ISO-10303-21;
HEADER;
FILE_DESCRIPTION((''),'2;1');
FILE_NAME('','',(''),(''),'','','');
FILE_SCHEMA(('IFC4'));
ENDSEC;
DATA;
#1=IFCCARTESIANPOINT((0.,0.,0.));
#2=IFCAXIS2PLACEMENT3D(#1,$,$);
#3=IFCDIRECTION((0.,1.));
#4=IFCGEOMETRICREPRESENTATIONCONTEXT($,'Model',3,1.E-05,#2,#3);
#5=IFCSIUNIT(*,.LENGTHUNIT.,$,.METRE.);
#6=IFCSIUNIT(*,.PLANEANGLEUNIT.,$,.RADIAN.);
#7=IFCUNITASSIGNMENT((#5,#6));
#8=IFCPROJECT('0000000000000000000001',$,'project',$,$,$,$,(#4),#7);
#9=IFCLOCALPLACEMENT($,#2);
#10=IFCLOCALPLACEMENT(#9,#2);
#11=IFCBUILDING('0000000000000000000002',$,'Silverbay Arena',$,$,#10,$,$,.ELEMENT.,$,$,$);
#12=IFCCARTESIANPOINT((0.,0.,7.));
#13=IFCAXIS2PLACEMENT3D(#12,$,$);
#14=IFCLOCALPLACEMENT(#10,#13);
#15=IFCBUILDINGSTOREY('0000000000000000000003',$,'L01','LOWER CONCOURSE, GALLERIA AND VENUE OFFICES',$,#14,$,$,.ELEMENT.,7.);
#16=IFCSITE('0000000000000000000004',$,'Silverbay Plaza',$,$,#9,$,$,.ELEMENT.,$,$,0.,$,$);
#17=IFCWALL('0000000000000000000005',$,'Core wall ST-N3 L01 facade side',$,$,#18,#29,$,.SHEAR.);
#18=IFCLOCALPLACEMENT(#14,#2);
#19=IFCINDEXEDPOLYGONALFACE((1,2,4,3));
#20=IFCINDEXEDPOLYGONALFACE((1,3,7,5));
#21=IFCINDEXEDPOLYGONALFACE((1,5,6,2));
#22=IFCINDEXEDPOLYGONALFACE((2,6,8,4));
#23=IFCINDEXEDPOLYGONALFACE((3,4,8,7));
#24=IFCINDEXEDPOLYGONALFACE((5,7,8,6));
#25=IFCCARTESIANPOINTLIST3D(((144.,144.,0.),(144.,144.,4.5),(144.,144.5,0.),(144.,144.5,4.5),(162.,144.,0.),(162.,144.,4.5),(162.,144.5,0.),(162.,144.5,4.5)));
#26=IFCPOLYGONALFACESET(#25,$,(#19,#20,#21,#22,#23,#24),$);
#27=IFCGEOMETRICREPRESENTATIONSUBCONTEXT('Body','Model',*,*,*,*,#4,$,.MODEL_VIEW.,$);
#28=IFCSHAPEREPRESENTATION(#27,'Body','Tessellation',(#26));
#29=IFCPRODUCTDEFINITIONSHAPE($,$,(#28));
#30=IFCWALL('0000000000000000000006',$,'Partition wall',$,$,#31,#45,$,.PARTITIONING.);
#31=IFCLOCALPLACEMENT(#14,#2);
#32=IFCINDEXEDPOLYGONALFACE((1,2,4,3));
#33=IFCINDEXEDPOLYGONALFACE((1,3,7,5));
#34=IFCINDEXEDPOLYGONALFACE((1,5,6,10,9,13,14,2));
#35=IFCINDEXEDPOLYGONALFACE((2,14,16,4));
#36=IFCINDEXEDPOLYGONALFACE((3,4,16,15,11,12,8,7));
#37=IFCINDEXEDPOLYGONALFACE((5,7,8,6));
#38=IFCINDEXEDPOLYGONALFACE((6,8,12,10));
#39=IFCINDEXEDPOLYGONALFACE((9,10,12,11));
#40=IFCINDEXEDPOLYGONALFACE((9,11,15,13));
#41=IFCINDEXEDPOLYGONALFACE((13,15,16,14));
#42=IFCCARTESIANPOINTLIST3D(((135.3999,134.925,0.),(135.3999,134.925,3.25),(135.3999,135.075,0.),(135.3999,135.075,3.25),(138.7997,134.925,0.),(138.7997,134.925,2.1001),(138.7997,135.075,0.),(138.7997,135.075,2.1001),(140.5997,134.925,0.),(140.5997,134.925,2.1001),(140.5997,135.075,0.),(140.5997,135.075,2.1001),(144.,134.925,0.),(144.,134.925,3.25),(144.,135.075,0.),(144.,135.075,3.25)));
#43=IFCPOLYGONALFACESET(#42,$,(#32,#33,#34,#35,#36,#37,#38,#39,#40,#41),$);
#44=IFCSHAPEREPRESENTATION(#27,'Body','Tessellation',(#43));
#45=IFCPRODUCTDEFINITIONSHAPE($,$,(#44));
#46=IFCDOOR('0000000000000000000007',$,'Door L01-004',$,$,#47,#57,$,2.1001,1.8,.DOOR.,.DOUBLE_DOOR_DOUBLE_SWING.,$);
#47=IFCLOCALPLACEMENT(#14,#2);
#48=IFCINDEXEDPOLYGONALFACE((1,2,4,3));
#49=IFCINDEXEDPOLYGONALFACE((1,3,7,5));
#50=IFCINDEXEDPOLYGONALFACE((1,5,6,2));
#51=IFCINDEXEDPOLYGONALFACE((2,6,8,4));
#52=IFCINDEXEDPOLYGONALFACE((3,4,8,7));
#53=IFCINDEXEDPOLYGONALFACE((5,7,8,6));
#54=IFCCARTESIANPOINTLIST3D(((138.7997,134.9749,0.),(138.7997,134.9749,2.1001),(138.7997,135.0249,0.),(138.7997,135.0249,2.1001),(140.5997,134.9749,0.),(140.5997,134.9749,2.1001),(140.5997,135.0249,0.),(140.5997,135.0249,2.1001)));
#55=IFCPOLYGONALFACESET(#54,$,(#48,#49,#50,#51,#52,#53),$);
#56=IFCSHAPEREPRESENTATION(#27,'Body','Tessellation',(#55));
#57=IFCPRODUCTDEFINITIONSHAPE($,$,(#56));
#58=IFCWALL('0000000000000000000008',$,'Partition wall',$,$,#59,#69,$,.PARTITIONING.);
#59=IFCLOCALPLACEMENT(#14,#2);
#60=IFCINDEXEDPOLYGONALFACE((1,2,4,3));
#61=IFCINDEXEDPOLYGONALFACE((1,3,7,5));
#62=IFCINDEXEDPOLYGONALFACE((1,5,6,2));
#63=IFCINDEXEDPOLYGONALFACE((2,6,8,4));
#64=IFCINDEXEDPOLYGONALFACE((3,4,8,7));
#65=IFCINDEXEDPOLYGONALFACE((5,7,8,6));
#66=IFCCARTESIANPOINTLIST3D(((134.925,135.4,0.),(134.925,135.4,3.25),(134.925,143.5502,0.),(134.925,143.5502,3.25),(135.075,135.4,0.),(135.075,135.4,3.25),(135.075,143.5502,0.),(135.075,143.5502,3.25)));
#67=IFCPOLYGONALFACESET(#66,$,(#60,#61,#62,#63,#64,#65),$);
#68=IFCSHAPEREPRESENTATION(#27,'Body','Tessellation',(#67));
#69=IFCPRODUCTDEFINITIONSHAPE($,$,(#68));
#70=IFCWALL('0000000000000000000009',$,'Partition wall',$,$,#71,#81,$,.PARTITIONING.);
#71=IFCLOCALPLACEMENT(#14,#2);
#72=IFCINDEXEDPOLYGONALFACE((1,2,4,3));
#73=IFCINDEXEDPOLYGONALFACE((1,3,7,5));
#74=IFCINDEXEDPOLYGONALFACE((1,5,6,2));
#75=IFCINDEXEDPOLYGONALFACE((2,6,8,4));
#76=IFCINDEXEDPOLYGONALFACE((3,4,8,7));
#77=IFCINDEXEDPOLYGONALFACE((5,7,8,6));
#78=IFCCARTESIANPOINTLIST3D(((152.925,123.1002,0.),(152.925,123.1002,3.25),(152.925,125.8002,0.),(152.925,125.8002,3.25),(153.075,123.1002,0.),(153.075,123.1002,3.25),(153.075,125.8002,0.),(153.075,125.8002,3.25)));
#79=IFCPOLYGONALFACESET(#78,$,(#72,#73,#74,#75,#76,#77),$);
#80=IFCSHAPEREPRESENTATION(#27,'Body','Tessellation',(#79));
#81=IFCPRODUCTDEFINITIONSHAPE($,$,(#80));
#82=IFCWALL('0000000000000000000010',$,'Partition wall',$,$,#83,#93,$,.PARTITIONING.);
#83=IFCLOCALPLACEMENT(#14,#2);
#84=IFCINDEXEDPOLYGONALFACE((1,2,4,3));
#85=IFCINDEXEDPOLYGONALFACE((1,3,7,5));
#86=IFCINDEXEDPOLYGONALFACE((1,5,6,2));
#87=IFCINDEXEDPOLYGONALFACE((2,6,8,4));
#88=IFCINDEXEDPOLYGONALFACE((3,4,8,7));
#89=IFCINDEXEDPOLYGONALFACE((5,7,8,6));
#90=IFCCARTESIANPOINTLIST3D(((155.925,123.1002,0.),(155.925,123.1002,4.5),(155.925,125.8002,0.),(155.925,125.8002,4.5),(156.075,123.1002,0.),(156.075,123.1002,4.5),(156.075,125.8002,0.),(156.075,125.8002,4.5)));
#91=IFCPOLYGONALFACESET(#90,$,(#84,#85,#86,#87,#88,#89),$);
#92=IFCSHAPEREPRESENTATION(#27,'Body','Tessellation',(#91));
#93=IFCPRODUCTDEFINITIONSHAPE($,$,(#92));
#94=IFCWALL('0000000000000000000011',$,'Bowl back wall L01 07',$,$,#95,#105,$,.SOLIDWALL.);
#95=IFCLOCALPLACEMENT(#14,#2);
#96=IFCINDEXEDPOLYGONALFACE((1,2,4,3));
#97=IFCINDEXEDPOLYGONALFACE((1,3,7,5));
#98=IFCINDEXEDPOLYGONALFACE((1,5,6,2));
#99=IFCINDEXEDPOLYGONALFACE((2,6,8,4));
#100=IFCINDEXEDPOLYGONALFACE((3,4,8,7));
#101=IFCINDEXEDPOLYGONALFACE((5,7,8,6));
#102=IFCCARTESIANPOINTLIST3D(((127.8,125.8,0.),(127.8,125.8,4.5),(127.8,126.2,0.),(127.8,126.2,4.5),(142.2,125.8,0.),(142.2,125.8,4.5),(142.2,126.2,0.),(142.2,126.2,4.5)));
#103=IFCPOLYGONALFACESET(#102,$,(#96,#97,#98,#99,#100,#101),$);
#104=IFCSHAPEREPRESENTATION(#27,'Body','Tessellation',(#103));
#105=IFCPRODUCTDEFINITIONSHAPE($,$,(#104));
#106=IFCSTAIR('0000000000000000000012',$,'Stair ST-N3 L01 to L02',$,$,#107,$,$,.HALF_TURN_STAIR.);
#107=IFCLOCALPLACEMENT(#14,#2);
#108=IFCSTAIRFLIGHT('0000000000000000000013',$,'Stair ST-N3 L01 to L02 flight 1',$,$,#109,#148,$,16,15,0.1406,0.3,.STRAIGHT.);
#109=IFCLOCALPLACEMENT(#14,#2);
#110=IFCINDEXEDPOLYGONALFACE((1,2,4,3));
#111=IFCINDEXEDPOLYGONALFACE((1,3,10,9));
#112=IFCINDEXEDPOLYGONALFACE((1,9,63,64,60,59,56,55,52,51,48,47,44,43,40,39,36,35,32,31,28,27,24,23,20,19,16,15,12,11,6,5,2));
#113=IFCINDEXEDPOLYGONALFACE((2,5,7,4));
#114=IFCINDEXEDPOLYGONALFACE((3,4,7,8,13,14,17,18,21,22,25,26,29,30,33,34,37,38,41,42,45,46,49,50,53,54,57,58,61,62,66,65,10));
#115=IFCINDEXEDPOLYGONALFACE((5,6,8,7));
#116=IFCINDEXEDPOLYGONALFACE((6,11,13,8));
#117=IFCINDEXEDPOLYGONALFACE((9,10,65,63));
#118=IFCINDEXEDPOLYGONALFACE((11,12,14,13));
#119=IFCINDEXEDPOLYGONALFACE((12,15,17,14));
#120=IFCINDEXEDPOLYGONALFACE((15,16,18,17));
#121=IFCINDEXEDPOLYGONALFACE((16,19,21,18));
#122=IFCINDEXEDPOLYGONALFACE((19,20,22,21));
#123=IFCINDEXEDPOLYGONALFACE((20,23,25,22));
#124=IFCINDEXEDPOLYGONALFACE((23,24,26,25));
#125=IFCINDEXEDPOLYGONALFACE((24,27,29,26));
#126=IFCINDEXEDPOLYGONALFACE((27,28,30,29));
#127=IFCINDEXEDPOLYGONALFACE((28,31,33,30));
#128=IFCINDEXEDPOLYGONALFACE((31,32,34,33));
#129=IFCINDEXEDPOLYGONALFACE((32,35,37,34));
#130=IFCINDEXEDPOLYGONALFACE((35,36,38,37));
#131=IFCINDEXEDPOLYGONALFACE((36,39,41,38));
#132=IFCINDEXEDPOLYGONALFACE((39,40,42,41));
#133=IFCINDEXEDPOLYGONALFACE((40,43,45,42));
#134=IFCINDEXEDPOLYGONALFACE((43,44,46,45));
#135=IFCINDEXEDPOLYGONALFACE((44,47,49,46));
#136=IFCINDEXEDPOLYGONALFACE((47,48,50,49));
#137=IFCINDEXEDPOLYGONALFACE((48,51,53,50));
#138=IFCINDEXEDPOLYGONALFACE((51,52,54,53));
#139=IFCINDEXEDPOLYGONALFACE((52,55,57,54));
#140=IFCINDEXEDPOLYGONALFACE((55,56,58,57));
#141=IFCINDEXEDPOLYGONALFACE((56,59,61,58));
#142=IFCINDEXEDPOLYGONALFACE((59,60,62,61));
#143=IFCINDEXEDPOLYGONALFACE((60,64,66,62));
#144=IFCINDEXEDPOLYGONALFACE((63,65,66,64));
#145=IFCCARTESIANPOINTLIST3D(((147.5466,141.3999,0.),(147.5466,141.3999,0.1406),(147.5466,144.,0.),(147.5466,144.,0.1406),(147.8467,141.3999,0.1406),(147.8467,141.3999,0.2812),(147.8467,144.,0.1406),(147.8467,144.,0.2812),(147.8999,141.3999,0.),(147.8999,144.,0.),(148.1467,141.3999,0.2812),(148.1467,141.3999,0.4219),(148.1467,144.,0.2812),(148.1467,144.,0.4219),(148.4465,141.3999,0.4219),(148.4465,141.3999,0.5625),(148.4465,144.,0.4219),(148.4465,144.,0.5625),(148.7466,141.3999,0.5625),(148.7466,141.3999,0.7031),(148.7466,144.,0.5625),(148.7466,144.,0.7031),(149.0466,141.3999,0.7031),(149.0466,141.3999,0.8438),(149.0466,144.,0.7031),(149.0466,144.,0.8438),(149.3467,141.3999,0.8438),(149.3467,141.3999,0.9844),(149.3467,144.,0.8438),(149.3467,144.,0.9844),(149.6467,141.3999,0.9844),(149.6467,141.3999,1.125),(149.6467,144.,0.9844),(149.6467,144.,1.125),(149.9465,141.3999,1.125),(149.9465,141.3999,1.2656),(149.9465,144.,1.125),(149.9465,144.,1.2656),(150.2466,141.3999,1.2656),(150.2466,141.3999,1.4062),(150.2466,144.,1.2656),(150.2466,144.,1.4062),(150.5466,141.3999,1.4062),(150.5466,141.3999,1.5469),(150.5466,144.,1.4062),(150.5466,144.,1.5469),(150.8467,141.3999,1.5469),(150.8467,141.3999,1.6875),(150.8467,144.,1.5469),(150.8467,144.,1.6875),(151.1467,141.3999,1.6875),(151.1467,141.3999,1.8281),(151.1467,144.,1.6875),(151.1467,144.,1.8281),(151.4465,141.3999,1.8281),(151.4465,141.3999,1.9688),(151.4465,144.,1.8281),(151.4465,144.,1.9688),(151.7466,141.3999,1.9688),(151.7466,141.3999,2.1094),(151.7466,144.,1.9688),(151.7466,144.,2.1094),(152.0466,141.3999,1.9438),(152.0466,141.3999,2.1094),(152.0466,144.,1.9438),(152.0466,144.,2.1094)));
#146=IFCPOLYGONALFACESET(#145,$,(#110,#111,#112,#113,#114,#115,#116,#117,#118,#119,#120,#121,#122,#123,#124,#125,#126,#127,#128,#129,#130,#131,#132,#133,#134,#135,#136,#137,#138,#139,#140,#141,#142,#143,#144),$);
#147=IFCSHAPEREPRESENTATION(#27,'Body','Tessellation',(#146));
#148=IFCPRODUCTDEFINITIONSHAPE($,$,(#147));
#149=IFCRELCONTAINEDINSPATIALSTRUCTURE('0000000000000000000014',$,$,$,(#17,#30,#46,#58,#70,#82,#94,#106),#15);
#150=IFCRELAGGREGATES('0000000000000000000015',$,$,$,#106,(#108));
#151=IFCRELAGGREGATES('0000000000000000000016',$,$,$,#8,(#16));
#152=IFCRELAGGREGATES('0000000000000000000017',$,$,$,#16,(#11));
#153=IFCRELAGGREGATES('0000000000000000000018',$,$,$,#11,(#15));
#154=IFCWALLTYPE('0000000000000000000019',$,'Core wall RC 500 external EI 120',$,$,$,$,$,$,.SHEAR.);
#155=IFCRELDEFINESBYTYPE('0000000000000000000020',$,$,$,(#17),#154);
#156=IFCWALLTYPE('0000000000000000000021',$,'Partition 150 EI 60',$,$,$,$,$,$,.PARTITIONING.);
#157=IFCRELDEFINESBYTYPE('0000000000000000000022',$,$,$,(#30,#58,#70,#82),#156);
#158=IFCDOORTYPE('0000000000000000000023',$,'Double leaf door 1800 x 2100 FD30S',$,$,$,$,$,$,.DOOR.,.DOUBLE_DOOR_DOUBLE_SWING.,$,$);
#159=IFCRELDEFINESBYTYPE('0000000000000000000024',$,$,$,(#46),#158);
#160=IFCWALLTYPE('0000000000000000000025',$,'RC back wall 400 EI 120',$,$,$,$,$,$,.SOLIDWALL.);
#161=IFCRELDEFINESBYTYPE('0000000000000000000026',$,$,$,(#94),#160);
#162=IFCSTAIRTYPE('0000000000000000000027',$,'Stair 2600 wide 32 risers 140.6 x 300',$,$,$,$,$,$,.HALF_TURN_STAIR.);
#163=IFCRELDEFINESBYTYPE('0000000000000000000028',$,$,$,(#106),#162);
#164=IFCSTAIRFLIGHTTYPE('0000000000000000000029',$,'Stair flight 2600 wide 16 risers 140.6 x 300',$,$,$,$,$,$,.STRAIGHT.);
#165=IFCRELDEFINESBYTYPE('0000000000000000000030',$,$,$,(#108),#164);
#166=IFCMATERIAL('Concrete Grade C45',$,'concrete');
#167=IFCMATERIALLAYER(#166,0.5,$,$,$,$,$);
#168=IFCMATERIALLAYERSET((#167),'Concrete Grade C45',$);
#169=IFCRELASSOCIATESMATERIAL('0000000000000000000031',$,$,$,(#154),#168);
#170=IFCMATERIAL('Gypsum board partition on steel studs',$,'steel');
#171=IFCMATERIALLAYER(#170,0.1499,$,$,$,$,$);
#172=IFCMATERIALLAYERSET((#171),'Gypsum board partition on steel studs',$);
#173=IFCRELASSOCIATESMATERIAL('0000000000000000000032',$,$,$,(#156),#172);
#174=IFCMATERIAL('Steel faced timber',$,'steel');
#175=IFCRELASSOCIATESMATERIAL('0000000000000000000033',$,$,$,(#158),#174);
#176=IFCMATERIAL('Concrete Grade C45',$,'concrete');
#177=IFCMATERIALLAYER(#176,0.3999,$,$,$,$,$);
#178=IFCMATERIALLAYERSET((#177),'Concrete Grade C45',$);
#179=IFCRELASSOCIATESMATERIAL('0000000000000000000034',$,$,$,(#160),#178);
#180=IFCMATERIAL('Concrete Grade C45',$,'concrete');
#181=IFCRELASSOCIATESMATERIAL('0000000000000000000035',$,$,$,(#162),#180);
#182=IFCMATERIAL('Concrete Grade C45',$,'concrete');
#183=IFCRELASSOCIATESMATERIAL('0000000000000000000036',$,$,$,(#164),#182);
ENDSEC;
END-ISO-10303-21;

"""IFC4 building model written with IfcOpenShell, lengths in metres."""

from ifc_helpers import new_model, si_unit, direction, frame, frame_2d, origin, place, context, subcontext, project, spatial, polyline, rectangle, outline, extrude, material, layer, layer_set, type_object, element, fill, aggregate, save


model = new_model("IFC4")

# Units and contexts
model_context = context("Model", 3, precision=1e-05, world=origin(), true_north=direction((0.0, 1.0)))
body_context = subcontext(model_context, "Body", "Model", "MODEL_VIEW")
ifc_project = project(units=[si_unit("LENGTHUNIT", "METRE"), si_unit("PLANEANGLEUNIT", "RADIAN")], contexts=[model_context])

# Site, building, storey
site_placement = place(None, origin())
site = spatial("IfcSite", under=ifc_project, at=site_placement, Name="Silverbay Plaza", CompositionType="ELEMENT", RefElevation=0.0)
building_placement = place(site_placement, origin())
building = spatial("IfcBuilding", under=site, at=building_placement, Name="Silverbay Arena", CompositionType="ELEMENT")
storey_placement = place(building_placement, frame((0.0, 0.0, 7.0)))
storey = spatial("IfcBuildingStorey", under=building, at=storey_placement, Name="L01", Description="LOWER CONCOURSE, GALLERIA AND VENUE OFFICES", CompositionType="ELEMENT", Elevation=7.0)

# Wall
ifc_material_1 = material(Name="Concrete Grade C45", Category="concrete")
ifc_layer_1 = layer(ifc_material_1, 0.5)
ifc_layer_set_1 = layer_set([ifc_layer_1], Name="Concrete Grade C45")
wall_type_1 = type_object("IfcWallType", Name="Core wall RC 500 external EI 120", PredefinedType="SHEAR", material=ifc_layer_set_1)
wall_1_placement = place(storey_placement, frame((144.0, 144.25, 0.0), z_axis=(0.0, 0.0, 1.0), x_axis=(1.0, 0.0, 0.0)))
element("IfcWall", 1, at=wall_1_placement, inside=storey, type_object=wall_type_1, Name="Core wall ST-N3 L01 facade side", PredefinedType="SHEAR", context=body_context, shape_type="SweptSolid", body=[
    extrude(rectangle(XDim=18.0, YDim=0.5, at=frame_2d((9.0, 0.0))), origin(), (0.0, 0.0, 1.0), 4.5),
])

# Wall, opening, door
ifc_material_2 = material(Name="Gypsum board partition on steel studs", Category="steel")
ifc_layer_2 = layer(ifc_material_2, 0.1499)
ifc_layer_set_2 = layer_set([ifc_layer_2], Name="Gypsum board partition on steel studs")
wall_type_2 = type_object("IfcWallType", Name="Partition 150 EI 60", PredefinedType="PARTITIONING", material=ifc_layer_set_2)
wall_2_placement = place(storey_placement, frame((135.3999, 135.0, 0.0), z_axis=(0.0, 0.0, 1.0), x_axis=(1.0, 0.0, 0.0)))
wall_2 = element("IfcWall", 2, at=wall_2_placement, inside=storey, type_object=wall_type_2, Name="Partition wall", PredefinedType="PARTITIONING", context=body_context, shape_type="SweptSolid", body=[
    extrude(rectangle(XDim=8.6001, YDim=0.1499, at=frame_2d((4.3, 0.0))), origin(), (0.0, 0.0, 1.0), 3.25),
])
opening_1_placement = place(wall_2_placement, frame((3.3999, 0.0, 0.0)))
opening_1 = element("IfcOpeningElement", 3, at=opening_1_placement, cuts=wall_2, PredefinedType="OPENING", context=body_context, shape_type="SweptSolid", body=[
    extrude(rectangle(XDim=1.8, YDim=2.1001, at=frame_2d((0.8999, 1.05))), frame((0.0, 0.085, 0.0), z_axis=(0.0, -1.0, 0.0), x_axis=(1.0, 0.0, 0.0)), (0.0, 0.0, 1.0), 0.1699),
])
ifc_material_3 = material(Name="Steel faced timber", Category="steel")
door_type_1 = type_object("IfcDoorType", Name="Double leaf door 1800 x 2100 FD30S", OperationType="DOUBLE_DOOR_DOUBLE_SWING", PredefinedType="DOOR", material=ifc_material_3)
door_1_placement = place(opening_1_placement, origin())
door_1 = element("IfcDoor", 4, at=door_1_placement, inside=storey, type_object=door_type_1, Name="Door L01-004", OperationType="DOUBLE_DOOR_DOUBLE_SWING", OverallHeight=2.1001, OverallWidth=1.8, PredefinedType="DOOR", context=body_context, shape_type="SweptSolid", body=[
    extrude(rectangle(XDim=1.8, YDim=2.1001, at=frame_2d((0.8999, 1.05))), frame((0.0, 0.0249, 0.0), z_axis=(0.0, -1.0, 0.0), x_axis=(1.0, 0.0, 0.0)), (0.0, 0.0, 1.0), 0.05),
])
fill(opening_1, door_1)

# Walls
wall_3_placement = place(storey_placement, frame((135.0, 135.3999, 0.0), z_axis=(0.0, 0.0, 1.0), x_axis=(0.0, 1.0, 0.0)))
element("IfcWall", 5, at=wall_3_placement, inside=storey, type_object=wall_type_2, Name="Partition wall", PredefinedType="PARTITIONING", context=body_context, shape_type="SweptSolid", body=[
    extrude(rectangle(XDim=8.1501, YDim=0.1499, at=frame_2d((4.0752, 0.0))), origin(), (0.0, 0.0, 1.0), 3.25),
])
wall_4_placement = place(storey_placement, frame((153.0, 123.1001, 0.0), z_axis=(0.0, 0.0, 1.0), x_axis=(0.0, 1.0, 0.0)))
element("IfcWall", 6, at=wall_4_placement, inside=storey, type_object=wall_type_2, Name="Partition wall", PredefinedType="PARTITIONING", context=body_context, shape_type="SweptSolid", body=[
    extrude(rectangle(XDim=2.7, YDim=0.1499, at=frame_2d((1.3501, 0.0))), origin(), (0.0, 0.0, 1.0), 3.25),
])
wall_5_placement = place(storey_placement, frame((156.0, 123.1001, 0.0), z_axis=(0.0, 0.0, 1.0), x_axis=(0.0, 1.0, 0.0)))
element("IfcWall", 7, at=wall_5_placement, inside=storey, type_object=wall_type_2, Name="Partition wall", PredefinedType="PARTITIONING", context=body_context, shape_type="SweptSolid", body=[
    extrude(rectangle(XDim=2.7, YDim=0.1499, at=frame_2d((1.3501, 0.0))), origin(), (0.0, 0.0, 1.0), 4.5),
])
ifc_material_4 = material(Name="Concrete Grade C45", Category="concrete")
ifc_layer_3 = layer(ifc_material_4, 0.3999)
ifc_layer_set_3 = layer_set([ifc_layer_3], Name="Concrete Grade C45")
wall_type_3 = type_object("IfcWallType", Name="RC back wall 400 EI 120", PredefinedType="SOLIDWALL", material=ifc_layer_set_3)
wall_6_placement = place(storey_placement, frame((142.2, 126.0, 0.0), z_axis=(0.0, 0.0, 1.0), x_axis=(-1.0, 0.0, 0.0)))
element("IfcWall", 8, at=wall_6_placement, inside=storey, type_object=wall_type_3, Name="Bowl back wall L01 07", PredefinedType="SOLIDWALL", context=body_context, shape_type="SweptSolid", body=[
    extrude(rectangle(XDim=14.3999, YDim=0.3999, at=frame_2d((7.2, 0.0))), origin(), (0.0, 0.0, 1.0), 4.5),
])

# Stair, stair flight
ifc_material_5 = material(Name="Concrete Grade C45", Category="concrete")
stair_type = type_object("IfcStairType", Name="Stair 2600 wide 32 risers 140.6 x 300", PredefinedType="HALF_TURN_STAIR", material=ifc_material_5)
stair_placement = place(storey_placement, origin())
stair = element("IfcStair", 9, at=stair_placement, inside=storey, type_object=stair_type, Name="Stair ST-N3 L01 to L02", PredefinedType="HALF_TURN_STAIR")
ifc_material_6 = material(Name="Concrete Grade C45", Category="concrete")
stair_flight_type = type_object("IfcStairFlightType", Name="Stair flight 2600 wide 16 risers 140.6 x 300", PredefinedType="STRAIGHT", material=ifc_material_6)
stair_flight_1_placement = place(storey_placement, frame((147.5466, 142.7, 0.0), z_axis=(0.0, 0.0, 1.0), x_axis=(1.0, 0.0, 0.0)))
stair_flight_1 = element("IfcStairFlight", 10, at=stair_flight_1_placement, type_object=stair_flight_type, Name="Stair ST-N3 L01 to L02 flight 1", NumberOfRisers=16, NumberOfTreads=15, PredefinedType="STRAIGHT", RiserHeight=0.1406, TreadLength=0.3, context=body_context, shape_type="SweptSolid", body=[
    extrude(outline(polyline([(0.0, 0.0), (0.0, 0.1406), (0.3, 0.1406), (0.3, 0.2812), (0.6001, 0.2812), (0.6001, 0.4219), (0.8999, 0.4219), (0.8999, 0.5625), (1.2, 0.5625), (1.2, 0.7031), (1.5, 0.7031), (1.5, 0.8438), (1.8, 0.8438), (1.8, 0.9844), (2.1001, 0.9844), (2.1001, 1.125), (2.3999, 1.125), (2.3999, 1.2656), (2.7, 1.2656), (2.7, 1.4062), (3.0, 1.4062), (3.0, 1.5469), (3.3, 1.5469), (3.3, 1.6875), (3.6001, 1.6875), (3.6001, 1.8281), (3.8999, 1.8281), (3.8999, 1.9688), (4.2, 1.9688), (4.2, 2.1094), (4.5, 2.1094), (4.5, 1.9438), (0.3533, 0.0), (0.0, 0.0)])), frame((0.0, 1.3, 0.0), z_axis=(0.0, -1.0, 0.0), x_axis=(1.0, 0.0, 0.0)), (0.0, 0.0, 1.0), 2.6001),
])
aggregate(stair, [stair_flight_1])

save(model, "model.ifc")
